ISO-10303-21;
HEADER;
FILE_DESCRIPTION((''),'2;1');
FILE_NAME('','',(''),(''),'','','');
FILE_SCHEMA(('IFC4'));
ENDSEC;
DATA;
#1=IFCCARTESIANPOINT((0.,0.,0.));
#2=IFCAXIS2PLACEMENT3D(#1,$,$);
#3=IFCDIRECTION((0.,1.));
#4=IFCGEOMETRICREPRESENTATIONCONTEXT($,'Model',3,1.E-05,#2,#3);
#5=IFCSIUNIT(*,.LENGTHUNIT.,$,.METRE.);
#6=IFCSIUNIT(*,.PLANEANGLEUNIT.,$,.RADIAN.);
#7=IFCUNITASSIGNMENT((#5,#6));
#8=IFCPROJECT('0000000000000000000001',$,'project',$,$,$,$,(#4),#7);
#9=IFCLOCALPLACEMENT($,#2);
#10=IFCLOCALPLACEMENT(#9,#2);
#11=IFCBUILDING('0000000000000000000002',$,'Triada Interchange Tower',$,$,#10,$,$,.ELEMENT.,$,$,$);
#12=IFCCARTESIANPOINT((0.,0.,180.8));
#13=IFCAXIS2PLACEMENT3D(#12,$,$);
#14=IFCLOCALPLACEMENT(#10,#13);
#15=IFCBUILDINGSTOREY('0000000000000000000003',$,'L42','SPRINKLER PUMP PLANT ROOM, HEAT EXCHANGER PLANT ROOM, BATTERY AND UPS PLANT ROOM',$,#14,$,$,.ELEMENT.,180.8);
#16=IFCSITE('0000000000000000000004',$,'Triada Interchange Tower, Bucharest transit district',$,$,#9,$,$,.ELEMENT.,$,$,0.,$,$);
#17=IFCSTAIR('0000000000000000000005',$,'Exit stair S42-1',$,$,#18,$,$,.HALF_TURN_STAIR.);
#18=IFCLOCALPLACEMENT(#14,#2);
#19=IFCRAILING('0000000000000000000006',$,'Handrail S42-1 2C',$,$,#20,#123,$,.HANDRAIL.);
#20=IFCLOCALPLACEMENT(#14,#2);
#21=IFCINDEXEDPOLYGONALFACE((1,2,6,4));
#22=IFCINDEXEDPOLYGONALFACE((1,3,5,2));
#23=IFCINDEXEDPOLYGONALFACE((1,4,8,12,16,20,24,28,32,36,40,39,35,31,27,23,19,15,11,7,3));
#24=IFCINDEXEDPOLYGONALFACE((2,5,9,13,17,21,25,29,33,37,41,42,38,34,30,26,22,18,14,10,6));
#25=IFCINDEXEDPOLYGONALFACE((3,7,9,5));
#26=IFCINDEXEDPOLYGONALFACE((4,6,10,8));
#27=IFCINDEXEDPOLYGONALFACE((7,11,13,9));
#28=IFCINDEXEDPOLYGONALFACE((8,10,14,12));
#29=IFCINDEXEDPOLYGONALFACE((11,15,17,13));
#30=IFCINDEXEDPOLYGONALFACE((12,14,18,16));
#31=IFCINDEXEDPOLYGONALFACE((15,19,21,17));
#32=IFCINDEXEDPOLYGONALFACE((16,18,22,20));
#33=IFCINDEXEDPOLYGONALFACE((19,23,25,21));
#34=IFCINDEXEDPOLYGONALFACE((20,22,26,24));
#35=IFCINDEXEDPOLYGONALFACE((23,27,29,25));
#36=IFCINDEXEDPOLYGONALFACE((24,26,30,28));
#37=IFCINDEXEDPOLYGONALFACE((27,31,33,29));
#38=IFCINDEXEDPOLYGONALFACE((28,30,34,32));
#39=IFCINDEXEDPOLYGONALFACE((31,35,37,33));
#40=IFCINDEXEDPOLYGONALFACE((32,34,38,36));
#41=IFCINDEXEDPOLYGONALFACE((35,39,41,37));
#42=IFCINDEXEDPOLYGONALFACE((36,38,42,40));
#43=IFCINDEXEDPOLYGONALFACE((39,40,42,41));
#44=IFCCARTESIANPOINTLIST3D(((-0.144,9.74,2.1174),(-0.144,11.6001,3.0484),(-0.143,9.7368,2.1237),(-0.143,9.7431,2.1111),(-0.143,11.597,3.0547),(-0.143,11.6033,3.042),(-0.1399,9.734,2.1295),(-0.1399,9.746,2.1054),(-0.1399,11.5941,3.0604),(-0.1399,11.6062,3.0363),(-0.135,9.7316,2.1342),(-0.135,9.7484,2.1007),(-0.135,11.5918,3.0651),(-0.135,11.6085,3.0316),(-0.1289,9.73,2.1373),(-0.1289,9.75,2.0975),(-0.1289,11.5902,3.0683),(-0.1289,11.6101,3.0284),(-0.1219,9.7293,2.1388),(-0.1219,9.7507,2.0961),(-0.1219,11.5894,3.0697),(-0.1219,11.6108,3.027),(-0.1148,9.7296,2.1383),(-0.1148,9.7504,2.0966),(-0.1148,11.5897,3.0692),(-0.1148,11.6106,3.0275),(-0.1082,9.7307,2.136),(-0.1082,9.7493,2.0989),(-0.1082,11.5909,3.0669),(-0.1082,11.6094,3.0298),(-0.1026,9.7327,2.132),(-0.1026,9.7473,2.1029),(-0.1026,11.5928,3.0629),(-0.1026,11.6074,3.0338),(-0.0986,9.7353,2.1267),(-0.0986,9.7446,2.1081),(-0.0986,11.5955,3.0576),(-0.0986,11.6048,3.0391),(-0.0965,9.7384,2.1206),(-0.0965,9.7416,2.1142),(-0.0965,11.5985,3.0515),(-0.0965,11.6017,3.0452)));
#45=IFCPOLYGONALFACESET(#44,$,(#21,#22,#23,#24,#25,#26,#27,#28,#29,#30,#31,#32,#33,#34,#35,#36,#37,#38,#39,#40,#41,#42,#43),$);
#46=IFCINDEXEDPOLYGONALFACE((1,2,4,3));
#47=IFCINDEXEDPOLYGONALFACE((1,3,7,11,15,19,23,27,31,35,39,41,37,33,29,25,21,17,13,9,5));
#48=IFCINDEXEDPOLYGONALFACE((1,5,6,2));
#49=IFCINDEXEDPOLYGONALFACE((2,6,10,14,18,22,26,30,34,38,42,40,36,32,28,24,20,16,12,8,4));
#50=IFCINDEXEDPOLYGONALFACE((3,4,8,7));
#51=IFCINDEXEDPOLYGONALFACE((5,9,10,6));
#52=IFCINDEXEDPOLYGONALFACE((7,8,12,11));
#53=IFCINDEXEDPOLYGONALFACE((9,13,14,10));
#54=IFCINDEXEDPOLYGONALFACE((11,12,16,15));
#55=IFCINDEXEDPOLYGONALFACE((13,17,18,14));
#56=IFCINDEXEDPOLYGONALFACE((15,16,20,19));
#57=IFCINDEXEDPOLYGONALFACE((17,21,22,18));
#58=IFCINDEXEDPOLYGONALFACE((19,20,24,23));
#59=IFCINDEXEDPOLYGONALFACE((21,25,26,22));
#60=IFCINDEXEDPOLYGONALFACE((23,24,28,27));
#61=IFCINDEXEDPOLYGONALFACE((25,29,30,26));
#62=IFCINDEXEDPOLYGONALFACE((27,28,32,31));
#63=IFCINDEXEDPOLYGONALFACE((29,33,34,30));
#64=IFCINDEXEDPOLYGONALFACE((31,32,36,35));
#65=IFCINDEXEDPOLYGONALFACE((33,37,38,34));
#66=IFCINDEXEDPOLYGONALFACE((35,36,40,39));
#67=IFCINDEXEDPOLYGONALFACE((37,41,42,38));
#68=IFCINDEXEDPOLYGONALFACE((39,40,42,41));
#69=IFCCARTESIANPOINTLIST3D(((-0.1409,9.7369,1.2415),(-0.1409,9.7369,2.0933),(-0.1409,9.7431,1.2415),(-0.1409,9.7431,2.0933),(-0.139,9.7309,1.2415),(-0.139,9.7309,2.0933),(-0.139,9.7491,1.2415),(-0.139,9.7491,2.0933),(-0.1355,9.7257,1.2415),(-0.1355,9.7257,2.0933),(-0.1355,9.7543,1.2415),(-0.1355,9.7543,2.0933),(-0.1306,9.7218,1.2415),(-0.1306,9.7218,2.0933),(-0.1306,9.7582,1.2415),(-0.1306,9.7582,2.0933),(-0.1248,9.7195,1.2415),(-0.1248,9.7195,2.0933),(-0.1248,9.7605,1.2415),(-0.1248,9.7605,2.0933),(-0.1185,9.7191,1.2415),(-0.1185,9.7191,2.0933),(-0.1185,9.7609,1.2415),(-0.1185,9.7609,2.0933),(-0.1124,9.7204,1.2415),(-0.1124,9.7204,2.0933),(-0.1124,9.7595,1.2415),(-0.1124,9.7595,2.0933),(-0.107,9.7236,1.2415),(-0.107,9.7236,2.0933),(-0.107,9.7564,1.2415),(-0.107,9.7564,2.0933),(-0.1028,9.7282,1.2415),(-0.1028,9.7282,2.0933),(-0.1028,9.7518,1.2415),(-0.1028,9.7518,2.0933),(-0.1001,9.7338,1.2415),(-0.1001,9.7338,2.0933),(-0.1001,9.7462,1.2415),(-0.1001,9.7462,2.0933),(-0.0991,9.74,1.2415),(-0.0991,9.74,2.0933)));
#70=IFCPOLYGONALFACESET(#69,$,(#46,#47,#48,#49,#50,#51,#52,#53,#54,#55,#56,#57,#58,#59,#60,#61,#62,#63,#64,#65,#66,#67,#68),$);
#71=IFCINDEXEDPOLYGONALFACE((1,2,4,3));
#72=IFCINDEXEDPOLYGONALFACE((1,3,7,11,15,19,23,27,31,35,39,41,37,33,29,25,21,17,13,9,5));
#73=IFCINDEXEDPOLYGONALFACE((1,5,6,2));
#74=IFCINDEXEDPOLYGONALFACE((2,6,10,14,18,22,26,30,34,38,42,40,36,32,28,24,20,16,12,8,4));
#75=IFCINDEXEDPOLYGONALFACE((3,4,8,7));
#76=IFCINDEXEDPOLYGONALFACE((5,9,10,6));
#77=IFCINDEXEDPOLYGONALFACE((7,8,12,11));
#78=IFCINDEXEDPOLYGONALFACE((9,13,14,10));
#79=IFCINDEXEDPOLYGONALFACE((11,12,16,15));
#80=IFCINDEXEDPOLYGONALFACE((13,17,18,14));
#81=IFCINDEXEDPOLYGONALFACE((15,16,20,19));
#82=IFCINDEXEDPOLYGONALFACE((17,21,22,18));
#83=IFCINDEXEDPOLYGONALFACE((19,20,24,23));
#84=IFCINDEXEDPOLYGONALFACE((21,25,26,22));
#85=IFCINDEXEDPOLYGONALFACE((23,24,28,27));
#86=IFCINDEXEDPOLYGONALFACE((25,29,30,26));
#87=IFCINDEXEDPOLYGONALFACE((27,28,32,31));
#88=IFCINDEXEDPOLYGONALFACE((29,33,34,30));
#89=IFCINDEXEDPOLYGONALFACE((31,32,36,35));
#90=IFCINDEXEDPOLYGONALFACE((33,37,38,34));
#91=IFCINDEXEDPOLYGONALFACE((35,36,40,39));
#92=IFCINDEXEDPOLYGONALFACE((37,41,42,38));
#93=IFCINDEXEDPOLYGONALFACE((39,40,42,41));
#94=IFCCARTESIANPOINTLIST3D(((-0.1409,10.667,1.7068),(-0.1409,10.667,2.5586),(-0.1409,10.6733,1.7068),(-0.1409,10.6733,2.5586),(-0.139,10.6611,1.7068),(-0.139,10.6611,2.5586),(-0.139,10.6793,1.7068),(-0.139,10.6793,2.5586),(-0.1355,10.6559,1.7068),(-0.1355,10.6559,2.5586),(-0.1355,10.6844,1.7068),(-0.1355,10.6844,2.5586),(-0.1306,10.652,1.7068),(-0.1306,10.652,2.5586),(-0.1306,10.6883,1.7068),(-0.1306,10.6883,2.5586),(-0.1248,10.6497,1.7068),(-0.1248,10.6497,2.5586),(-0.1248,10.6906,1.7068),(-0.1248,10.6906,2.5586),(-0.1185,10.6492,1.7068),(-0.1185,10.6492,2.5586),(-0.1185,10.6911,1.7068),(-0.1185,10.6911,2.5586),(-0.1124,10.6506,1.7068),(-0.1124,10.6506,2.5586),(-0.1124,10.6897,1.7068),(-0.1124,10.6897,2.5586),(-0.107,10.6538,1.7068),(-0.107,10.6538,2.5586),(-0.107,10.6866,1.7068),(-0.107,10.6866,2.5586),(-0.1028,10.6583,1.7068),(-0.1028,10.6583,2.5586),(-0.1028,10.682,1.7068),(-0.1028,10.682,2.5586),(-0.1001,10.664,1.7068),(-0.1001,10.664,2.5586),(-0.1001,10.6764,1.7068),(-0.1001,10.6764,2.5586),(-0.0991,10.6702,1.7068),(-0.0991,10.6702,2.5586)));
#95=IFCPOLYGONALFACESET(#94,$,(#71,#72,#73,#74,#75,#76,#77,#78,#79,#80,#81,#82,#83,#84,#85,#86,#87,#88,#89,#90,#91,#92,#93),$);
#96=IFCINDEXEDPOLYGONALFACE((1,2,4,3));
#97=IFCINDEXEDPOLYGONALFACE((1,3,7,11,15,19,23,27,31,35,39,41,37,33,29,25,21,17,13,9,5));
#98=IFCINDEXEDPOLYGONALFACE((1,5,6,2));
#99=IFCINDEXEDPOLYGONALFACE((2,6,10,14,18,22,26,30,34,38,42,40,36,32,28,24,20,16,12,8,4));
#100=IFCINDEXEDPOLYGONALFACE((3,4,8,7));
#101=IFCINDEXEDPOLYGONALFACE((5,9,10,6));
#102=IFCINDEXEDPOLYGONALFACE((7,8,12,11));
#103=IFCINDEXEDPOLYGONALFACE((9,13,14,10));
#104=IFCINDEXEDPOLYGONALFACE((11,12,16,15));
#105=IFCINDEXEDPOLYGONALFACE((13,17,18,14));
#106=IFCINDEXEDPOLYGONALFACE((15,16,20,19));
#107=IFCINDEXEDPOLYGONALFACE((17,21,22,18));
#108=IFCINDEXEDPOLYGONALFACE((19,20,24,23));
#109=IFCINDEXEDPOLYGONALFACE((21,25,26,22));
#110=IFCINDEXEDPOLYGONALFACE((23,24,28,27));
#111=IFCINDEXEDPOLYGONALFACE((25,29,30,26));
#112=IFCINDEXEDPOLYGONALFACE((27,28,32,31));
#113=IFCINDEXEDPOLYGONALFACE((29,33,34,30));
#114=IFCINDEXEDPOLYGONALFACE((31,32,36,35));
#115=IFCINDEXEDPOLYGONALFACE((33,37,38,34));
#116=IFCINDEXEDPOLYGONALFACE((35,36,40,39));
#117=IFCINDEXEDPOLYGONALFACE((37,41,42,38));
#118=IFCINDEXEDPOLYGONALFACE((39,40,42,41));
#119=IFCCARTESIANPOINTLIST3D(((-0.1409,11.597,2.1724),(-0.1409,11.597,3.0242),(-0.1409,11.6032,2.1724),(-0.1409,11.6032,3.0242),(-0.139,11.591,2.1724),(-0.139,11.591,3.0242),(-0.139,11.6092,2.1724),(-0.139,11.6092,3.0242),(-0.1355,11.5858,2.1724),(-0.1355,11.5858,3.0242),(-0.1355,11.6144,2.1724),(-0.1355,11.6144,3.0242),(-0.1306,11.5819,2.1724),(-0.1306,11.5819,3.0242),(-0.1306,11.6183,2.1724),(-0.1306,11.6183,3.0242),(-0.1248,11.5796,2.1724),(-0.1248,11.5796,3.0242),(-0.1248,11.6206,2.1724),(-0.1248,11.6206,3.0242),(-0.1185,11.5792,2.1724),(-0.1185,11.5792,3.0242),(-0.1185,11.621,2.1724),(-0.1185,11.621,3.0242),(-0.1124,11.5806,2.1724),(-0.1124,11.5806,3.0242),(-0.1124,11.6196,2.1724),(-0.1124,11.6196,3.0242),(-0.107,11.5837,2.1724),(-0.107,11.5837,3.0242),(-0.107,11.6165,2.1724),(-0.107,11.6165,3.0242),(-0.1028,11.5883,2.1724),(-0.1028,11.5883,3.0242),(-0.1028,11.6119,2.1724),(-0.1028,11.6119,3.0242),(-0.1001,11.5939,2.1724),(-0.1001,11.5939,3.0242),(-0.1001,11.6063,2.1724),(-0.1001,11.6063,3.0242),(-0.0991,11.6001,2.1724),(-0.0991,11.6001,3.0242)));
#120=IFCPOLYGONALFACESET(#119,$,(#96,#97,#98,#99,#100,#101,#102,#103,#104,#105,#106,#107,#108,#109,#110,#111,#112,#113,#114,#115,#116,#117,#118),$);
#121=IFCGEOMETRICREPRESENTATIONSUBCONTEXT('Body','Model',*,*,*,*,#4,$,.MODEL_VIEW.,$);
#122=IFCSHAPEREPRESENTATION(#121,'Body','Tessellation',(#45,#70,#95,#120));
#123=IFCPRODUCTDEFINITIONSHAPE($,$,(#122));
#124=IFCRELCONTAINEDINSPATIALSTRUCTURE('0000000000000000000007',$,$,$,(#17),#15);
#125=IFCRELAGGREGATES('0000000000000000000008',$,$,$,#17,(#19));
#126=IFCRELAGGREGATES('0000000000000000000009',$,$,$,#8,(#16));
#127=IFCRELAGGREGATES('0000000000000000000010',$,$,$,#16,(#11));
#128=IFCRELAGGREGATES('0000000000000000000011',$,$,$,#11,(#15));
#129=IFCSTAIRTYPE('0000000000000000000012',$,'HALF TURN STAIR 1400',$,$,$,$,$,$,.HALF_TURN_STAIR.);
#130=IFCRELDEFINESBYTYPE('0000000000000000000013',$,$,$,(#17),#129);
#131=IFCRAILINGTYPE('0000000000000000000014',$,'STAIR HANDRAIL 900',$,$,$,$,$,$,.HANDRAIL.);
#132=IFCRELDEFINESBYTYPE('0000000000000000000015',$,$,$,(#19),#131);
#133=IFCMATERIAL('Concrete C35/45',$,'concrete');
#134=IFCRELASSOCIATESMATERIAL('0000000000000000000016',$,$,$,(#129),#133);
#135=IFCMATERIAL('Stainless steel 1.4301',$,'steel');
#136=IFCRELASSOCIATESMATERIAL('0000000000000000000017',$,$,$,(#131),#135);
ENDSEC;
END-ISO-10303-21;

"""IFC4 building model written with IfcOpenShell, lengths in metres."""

from ifc_helpers import new_model, si_unit, direction, frame, origin, origin_2d, place, context, subcontext, project, spatial, circle, extrude, material, type_object, element, aggregate, save


model = new_model("IFC4")

# Units and contexts
model_context = context("Model", 3, precision=1e-05, world=origin(), true_north=direction((0.0, 1.0)))
body_context = subcontext(model_context, "Body", "Model", "MODEL_VIEW")
ifc_project = project(units=[si_unit("LENGTHUNIT", "METRE"), si_unit("PLANEANGLEUNIT", "RADIAN")], contexts=[model_context])

# Site, building, storey
site_placement = place(None, origin())
site = spatial("IfcSite", under=ifc_project, at=site_placement, Name="Triada Interchange Tower, Bucharest transit district", CompositionType="ELEMENT", RefElevation=0.0)
building_placement = place(site_placement, origin())
building = spatial("IfcBuilding", under=site, at=building_placement, Name="Triada Interchange Tower", CompositionType="ELEMENT")
storey_placement = place(building_placement, frame((0.0, 0.0, 180.8)))
storey = spatial("IfcBuildingStorey", under=building, at=storey_placement, Name="L42", Description="SPRINKLER PUMP PLANT ROOM, HEAT EXCHANGER PLANT ROOM, BATTERY AND UPS PLANT ROOM", CompositionType="ELEMENT", Elevation=180.8)

# Stair
ifc_material_1 = material(Name="Concrete C35/45", Category="concrete")
stair_type = type_object("IfcStairType", Name="HALF TURN STAIR 1400", PredefinedType="HALF_TURN_STAIR", material=ifc_material_1)
stair_placement = place(storey_placement, origin())
stair = element("IfcStair", 1, at=stair_placement, inside=storey, type_object=stair_type, Name="Exit stair S42-1", PredefinedType="HALF_TURN_STAIR")

# Railing
ifc_material_2 = material(Name="Stainless steel 1.4301", Category="steel")
railing_type = type_object("IfcRailingType", Name="STAIR HANDRAIL 900", PredefinedType="HANDRAIL", material=ifc_material_2)
railing_1_placement = place(storey_placement, frame((-0.1201, 9.74, 1.2415)))
railing_1 = element("IfcRailing", 2, at=railing_1_placement, type_object=railing_type, Name="Handrail S42-1 2C", PredefinedType="HANDRAIL", context=body_context, shape_type="SweptSolid", body=[
    extrude(circle(Radius=0.0239, at=origin_2d()), frame((0.0, 0.0, 0.876), z_axis=(0.0, 0.894263, 0.447542), x_axis=(-1.0, 0.0, 0.0)), (0.0, 0.0, 1.0), 2.0801),
    extrude(circle(Radius=0.021, at=origin_2d()), origin(), (0.0, 0.0, 1.0), 0.8518),
    extrude(circle(Radius=0.021, at=origin_2d()), frame((0.0, 0.9302, 0.4653)), (0.0, 0.0, 1.0), 0.8518),
    extrude(circle(Radius=0.021, at=origin_2d()), frame((0.0, 1.8601, 0.9309)), (0.0, 0.0, 1.0), 0.8518),
])
aggregate(stair, [railing_1])

save(model, "model.ifc")
